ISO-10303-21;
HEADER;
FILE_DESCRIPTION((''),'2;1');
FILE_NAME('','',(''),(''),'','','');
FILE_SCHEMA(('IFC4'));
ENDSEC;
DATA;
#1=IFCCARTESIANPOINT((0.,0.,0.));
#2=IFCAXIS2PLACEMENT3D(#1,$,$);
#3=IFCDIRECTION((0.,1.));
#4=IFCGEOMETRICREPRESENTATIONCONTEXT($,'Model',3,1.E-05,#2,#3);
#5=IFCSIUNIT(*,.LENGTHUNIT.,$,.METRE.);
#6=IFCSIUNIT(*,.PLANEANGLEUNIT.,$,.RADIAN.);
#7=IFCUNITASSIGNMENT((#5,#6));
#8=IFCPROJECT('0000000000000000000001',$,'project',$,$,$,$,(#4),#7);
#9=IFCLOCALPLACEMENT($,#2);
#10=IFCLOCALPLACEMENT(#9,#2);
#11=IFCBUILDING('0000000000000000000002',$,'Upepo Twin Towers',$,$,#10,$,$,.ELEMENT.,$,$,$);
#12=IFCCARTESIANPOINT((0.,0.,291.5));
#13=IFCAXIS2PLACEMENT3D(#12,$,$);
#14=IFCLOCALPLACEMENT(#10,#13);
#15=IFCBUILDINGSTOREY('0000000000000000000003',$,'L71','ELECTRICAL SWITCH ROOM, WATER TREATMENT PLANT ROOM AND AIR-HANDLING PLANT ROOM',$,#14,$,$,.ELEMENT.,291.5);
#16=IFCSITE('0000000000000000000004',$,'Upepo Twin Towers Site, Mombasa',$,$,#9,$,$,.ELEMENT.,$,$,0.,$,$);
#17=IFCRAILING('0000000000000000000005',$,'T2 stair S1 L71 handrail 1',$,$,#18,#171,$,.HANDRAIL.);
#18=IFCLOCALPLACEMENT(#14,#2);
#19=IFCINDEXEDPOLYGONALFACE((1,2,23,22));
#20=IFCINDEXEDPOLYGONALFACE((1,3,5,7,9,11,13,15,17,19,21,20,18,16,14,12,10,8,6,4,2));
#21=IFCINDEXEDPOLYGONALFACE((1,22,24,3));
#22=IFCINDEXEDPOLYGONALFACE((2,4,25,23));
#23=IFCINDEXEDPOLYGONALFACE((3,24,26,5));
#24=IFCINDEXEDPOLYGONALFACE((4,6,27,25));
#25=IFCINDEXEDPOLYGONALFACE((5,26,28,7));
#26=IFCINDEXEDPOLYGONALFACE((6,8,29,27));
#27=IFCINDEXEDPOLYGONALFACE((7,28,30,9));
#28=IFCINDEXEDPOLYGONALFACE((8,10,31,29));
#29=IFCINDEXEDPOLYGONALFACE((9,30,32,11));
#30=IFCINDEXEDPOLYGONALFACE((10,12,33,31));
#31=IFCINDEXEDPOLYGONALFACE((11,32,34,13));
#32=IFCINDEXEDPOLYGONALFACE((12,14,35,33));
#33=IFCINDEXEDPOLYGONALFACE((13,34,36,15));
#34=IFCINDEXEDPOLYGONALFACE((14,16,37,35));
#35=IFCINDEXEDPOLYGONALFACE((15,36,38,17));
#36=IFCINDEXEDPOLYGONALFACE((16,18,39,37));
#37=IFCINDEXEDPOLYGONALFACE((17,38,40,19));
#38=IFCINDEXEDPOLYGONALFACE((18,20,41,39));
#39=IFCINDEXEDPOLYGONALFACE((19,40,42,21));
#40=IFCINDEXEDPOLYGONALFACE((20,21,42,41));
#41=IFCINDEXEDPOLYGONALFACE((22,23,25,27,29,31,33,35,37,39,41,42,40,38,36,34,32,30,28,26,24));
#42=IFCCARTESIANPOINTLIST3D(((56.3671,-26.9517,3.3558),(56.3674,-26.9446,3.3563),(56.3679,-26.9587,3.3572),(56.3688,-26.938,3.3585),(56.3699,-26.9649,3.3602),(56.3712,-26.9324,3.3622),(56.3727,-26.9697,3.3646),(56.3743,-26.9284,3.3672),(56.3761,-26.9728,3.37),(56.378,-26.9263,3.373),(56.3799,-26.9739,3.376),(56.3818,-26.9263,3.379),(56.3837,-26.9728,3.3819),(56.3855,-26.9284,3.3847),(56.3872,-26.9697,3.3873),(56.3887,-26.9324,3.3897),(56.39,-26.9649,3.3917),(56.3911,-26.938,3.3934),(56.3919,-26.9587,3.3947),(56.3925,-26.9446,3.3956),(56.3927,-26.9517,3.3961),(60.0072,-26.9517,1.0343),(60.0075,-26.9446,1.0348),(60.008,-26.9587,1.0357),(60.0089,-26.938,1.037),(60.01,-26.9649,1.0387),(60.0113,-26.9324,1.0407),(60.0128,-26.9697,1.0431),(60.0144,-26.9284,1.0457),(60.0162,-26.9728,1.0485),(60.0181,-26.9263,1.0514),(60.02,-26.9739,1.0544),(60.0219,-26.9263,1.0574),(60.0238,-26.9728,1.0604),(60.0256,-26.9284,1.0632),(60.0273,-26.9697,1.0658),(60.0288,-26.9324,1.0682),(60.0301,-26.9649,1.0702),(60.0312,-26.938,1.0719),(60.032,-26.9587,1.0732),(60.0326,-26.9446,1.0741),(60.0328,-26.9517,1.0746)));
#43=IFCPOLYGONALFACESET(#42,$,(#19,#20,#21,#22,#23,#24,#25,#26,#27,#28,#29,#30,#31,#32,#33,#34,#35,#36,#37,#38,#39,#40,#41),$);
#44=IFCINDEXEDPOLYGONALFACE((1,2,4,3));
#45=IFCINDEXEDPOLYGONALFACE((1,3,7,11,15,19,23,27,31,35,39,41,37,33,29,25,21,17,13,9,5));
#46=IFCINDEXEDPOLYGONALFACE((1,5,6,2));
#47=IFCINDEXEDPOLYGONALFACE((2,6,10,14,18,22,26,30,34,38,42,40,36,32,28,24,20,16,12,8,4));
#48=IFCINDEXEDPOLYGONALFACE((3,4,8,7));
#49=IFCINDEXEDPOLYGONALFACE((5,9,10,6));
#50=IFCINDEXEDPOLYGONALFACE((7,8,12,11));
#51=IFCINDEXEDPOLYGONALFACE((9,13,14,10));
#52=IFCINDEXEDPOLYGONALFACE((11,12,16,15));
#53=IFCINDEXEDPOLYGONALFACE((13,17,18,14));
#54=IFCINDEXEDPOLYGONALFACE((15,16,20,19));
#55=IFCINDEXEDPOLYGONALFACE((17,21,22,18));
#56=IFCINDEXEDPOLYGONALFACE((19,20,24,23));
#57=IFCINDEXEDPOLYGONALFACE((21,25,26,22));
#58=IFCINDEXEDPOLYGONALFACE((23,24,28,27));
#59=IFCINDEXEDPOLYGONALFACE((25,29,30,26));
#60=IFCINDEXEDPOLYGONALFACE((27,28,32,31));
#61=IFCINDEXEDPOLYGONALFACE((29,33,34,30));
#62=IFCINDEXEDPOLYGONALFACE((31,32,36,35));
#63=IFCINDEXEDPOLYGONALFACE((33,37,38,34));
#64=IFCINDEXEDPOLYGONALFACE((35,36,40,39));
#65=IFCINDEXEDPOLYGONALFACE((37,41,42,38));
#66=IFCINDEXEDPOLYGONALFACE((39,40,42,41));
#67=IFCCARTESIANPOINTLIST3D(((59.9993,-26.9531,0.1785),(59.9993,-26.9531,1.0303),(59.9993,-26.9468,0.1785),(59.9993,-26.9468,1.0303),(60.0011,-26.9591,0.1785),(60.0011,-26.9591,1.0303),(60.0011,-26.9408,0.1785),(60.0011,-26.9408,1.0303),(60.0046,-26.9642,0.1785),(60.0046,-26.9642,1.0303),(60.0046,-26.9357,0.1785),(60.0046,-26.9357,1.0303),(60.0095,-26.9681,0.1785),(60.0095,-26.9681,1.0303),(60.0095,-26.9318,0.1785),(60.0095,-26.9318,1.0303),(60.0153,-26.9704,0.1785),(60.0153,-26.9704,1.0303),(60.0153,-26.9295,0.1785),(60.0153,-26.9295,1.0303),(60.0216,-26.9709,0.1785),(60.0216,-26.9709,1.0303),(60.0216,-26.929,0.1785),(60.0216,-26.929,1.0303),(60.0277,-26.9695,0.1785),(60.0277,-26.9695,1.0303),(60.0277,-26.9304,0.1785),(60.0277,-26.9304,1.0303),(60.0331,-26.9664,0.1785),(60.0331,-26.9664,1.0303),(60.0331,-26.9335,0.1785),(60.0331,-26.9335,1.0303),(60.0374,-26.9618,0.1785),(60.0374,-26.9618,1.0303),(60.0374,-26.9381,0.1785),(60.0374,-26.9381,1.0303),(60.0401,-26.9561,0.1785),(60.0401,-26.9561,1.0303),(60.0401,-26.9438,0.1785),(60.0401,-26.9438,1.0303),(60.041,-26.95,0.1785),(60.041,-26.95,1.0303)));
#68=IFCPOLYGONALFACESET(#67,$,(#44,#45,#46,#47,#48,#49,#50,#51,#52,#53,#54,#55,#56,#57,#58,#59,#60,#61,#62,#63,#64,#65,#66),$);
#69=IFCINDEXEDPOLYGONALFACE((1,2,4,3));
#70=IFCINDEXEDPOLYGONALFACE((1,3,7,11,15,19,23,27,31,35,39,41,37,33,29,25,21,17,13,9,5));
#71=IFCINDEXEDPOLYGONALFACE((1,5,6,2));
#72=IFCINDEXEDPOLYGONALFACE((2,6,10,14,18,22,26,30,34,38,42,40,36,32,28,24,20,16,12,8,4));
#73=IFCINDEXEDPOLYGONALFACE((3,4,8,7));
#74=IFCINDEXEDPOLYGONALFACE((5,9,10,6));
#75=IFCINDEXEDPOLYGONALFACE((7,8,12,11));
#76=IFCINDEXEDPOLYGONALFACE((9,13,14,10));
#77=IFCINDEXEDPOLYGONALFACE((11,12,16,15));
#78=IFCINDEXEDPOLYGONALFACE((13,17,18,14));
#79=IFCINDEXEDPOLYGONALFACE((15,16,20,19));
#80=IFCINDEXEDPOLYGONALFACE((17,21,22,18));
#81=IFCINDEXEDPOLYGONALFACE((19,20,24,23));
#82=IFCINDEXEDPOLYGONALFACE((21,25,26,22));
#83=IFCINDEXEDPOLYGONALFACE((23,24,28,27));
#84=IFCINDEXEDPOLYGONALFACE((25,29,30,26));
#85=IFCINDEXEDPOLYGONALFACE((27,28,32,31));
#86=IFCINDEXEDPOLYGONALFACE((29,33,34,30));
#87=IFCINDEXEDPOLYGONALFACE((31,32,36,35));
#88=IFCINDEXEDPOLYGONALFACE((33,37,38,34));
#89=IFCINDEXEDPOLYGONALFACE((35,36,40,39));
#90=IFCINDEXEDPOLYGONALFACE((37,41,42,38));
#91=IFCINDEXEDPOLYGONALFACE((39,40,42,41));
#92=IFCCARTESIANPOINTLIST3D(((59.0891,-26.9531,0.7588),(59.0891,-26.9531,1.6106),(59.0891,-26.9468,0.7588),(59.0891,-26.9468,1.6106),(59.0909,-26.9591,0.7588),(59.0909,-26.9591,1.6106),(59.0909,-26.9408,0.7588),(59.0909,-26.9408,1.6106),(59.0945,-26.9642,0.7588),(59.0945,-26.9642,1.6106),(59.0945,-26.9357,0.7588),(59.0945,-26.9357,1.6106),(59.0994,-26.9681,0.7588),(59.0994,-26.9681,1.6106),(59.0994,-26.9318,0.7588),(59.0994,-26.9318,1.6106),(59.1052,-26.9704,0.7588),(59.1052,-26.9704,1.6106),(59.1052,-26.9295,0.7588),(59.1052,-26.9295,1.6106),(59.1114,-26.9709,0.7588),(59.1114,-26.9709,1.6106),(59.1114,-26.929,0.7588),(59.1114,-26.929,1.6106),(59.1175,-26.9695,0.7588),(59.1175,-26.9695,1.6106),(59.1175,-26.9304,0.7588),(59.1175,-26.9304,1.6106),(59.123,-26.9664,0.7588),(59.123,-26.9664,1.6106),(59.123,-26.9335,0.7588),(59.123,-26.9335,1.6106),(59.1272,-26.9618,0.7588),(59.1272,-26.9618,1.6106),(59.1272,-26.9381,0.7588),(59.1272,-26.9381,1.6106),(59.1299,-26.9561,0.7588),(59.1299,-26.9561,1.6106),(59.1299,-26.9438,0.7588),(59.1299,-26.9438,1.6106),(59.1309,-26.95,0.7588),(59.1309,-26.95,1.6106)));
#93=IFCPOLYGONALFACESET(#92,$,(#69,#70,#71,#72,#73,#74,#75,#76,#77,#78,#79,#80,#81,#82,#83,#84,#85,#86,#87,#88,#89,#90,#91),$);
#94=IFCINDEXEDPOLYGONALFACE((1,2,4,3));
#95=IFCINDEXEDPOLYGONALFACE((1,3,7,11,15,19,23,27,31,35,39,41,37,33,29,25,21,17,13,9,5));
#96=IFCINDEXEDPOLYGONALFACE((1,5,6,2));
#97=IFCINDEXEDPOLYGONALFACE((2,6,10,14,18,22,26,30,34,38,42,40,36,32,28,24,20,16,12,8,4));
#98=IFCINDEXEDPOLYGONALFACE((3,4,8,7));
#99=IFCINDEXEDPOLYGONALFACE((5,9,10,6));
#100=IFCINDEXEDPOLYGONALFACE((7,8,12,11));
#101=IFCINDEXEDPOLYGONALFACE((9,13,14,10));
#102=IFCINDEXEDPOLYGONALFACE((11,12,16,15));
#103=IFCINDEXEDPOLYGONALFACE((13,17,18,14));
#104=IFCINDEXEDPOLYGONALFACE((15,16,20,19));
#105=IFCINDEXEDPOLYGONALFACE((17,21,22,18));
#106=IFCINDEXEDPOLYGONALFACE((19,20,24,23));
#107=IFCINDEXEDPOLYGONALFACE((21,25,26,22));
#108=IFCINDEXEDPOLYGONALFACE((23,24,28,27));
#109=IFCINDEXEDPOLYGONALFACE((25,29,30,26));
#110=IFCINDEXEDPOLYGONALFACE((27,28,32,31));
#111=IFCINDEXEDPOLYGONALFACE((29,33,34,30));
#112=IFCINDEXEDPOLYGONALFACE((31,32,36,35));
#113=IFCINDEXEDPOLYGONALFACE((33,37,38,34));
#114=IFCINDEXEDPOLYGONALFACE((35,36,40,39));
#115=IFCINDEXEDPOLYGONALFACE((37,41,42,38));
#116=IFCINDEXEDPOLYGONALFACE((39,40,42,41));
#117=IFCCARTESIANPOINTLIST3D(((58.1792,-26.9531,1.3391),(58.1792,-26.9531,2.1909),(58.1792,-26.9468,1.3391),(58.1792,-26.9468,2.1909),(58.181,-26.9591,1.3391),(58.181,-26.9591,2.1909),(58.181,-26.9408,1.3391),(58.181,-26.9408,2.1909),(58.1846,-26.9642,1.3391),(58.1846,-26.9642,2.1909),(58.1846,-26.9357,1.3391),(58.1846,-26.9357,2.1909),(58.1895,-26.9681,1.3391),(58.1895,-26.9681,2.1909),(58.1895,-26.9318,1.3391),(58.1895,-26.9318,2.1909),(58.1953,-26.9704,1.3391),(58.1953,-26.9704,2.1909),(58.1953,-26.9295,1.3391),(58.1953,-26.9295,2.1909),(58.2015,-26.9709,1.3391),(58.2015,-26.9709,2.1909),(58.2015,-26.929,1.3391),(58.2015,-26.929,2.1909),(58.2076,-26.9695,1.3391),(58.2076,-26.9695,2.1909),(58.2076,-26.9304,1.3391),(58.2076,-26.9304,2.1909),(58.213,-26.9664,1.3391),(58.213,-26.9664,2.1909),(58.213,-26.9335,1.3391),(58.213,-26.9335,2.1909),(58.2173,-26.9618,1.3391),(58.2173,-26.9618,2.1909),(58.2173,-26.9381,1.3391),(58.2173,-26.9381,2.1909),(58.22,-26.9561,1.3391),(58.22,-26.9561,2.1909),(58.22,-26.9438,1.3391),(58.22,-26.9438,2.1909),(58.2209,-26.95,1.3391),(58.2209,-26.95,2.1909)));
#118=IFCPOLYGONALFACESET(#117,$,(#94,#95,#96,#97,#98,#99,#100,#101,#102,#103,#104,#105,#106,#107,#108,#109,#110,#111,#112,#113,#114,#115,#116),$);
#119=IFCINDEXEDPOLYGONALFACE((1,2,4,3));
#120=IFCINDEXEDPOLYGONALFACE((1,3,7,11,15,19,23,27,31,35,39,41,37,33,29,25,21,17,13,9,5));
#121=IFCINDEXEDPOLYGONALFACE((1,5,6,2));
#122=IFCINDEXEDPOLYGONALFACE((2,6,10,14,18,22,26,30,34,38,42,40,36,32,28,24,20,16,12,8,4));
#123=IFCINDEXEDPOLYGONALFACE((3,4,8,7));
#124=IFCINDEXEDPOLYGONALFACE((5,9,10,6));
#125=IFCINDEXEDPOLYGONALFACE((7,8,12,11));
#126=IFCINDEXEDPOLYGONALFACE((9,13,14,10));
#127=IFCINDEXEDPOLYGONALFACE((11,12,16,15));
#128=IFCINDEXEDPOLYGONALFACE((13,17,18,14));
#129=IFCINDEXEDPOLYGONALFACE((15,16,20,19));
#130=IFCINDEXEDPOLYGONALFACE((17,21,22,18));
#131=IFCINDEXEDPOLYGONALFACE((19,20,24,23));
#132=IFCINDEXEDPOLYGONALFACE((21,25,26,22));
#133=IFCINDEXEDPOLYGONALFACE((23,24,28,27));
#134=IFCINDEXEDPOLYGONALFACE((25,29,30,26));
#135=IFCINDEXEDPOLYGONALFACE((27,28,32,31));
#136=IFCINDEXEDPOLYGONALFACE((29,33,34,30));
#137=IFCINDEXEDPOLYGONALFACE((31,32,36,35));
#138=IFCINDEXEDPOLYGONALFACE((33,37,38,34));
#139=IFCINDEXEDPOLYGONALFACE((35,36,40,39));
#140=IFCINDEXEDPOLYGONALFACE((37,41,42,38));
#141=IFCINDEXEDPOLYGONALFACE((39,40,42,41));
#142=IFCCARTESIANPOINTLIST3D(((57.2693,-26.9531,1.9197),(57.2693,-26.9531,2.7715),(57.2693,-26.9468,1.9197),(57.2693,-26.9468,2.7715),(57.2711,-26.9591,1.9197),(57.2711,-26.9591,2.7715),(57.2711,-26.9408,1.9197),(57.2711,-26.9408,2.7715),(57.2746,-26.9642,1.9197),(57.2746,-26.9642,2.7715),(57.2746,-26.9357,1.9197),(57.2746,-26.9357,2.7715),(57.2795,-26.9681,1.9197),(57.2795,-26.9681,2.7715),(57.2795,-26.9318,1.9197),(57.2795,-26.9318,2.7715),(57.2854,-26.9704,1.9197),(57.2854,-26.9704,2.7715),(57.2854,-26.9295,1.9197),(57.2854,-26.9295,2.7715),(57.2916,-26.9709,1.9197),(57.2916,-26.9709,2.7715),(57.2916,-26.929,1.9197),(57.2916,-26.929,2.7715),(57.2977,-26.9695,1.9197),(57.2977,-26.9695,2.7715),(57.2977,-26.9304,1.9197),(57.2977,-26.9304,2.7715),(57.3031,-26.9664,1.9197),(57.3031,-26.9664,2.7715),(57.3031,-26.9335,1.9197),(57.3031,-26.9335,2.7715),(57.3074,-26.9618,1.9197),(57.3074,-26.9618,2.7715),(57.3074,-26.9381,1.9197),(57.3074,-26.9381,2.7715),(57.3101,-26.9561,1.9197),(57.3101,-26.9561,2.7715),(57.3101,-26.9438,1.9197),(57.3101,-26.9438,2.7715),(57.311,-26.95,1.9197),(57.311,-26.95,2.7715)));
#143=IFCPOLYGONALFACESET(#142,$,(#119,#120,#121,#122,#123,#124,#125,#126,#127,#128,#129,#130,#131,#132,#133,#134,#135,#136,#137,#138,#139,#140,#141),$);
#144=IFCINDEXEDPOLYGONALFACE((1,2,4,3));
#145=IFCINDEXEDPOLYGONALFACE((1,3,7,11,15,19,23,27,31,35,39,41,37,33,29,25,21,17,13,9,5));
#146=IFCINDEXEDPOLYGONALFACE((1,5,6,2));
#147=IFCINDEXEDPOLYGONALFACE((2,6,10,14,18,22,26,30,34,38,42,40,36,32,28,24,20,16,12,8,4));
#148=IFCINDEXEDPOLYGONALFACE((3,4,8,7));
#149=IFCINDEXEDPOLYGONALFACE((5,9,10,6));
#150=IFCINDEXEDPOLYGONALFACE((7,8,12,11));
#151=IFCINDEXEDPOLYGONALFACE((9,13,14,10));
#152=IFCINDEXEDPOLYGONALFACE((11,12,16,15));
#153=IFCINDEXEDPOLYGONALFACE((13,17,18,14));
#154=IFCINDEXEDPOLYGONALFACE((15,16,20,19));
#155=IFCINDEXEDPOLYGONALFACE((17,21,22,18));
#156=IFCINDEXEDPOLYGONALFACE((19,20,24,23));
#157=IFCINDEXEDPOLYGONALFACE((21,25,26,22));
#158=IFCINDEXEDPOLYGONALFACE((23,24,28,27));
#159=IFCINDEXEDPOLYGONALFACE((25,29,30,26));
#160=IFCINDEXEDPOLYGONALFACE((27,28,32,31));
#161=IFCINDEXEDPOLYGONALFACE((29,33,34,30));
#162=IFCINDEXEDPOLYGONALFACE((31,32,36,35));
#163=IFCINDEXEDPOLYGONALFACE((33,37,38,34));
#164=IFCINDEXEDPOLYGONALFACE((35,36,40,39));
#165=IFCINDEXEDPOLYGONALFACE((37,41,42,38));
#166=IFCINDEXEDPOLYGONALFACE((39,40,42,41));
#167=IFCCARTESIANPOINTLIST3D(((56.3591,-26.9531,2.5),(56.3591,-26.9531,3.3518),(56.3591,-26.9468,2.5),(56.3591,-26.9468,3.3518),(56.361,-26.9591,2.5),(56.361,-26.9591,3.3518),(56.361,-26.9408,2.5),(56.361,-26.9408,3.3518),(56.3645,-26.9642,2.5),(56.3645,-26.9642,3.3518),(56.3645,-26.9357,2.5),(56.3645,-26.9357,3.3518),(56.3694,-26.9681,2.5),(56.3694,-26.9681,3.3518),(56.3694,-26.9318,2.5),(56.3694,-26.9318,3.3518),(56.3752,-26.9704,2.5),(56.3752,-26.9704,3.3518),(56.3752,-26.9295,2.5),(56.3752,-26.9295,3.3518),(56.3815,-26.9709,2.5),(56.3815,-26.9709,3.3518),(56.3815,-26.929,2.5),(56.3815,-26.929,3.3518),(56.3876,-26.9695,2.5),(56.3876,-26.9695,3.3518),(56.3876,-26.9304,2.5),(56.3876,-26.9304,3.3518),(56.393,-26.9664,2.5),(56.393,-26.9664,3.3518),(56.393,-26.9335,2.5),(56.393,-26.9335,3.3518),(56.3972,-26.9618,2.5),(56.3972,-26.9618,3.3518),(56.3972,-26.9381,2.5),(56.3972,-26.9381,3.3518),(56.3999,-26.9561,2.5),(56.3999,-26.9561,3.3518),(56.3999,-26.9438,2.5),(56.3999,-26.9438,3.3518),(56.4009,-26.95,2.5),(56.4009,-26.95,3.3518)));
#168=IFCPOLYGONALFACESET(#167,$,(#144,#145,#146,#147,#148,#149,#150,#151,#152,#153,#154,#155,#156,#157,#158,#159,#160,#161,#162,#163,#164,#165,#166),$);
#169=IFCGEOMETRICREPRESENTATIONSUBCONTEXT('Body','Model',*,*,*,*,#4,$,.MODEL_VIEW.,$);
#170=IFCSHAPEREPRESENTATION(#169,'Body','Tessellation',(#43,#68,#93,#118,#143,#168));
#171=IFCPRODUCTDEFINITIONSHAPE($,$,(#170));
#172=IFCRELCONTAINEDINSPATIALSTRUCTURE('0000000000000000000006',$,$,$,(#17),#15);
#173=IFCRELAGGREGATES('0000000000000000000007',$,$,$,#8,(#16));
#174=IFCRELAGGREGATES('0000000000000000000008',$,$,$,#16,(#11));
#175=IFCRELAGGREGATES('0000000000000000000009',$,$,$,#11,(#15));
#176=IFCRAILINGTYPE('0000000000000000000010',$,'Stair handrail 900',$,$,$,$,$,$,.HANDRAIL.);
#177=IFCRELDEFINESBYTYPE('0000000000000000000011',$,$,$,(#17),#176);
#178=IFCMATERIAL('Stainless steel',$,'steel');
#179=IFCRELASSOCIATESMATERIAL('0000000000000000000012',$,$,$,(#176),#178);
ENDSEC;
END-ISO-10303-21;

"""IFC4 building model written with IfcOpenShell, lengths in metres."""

from ifc_helpers import new_model, si_unit, direction, frame, origin, origin_2d, place, context, subcontext, project, spatial, circle, extrude, material, type_object, element, save


model = new_model("IFC4")

# Units and contexts
model_context = context("Model", 3, precision=1e-05, world=origin(), true_north=direction((0.0, 1.0)))
body_context = subcontext(model_context, "Body", "Model", "MODEL_VIEW")
ifc_project = project(units=[si_unit("LENGTHUNIT", "METRE"), si_unit("PLANEANGLEUNIT", "RADIAN")], contexts=[model_context])

# Site, building, storey
site_placement = place(None, origin())
site = spatial("IfcSite", under=ifc_project, at=site_placement, Name="Upepo Twin Towers Site, Mombasa", CompositionType="ELEMENT", RefElevation=0.0)
building_placement = place(site_placement, origin())
building = spatial("IfcBuilding", under=site, at=building_placement, Name="Upepo Twin Towers", CompositionType="ELEMENT")
storey_placement = place(building_placement, frame((0.0, 0.0, 291.5)))
storey = spatial("IfcBuildingStorey", under=building, at=storey_placement, Name="L71", Description="ELECTRICAL SWITCH ROOM, WATER TREATMENT PLANT ROOM AND AIR-HANDLING PLANT ROOM", CompositionType="ELEMENT", Elevation=291.5)

# Railing
ifc_material_1 = material(Name="Stainless steel", Category="steel")
railing_type = type_object("IfcRailingType", Name="Stair handrail 900", PredefinedType="HANDRAIL", material=ifc_material_1)
railing_1_placement = place(storey_placement, frame((60.02, -26.95, 0.1785)))
element("IfcRailing", 1, at=railing_1_placement, inside=storey, type_object=railing_type, Name="T2 stair S1 L71 handrail 1", PredefinedType="HANDRAIL", context=body_context, shape_type="SweptSolid", body=[
    extrude(circle(Radius=0.0239, at=origin_2d()), frame((0.0, 0.0, 0.876), z_axis=(-0.843128, 0.0, 0.537713), x_axis=(0.0, -1.0, 0.0)), (0.0, 0.0, 1.0), 4.3174),
    extrude(circle(Radius=0.021, at=origin_2d()), origin(), (0.0, 0.0, 1.0), 0.8518),
    extrude(circle(Radius=0.021, at=origin_2d()), frame((-0.9102, 0.0, 0.5803)), (0.0, 0.0, 1.0), 0.8518),
    extrude(circle(Radius=0.021, at=origin_2d()), frame((-1.8201, 0.0, 1.1606)), (0.0, 0.0, 1.0), 0.8518),
    extrude(circle(Radius=0.021, at=origin_2d()), frame((-2.73, 0.0, 1.7412)), (0.0, 0.0, 1.0), 0.8518),
    extrude(circle(Radius=0.021, at=origin_2d()), frame((-3.6401, 0.0, 2.3215)), (0.0, 0.0, 1.0), 0.8518),
])

save(model, "model.ifc")
